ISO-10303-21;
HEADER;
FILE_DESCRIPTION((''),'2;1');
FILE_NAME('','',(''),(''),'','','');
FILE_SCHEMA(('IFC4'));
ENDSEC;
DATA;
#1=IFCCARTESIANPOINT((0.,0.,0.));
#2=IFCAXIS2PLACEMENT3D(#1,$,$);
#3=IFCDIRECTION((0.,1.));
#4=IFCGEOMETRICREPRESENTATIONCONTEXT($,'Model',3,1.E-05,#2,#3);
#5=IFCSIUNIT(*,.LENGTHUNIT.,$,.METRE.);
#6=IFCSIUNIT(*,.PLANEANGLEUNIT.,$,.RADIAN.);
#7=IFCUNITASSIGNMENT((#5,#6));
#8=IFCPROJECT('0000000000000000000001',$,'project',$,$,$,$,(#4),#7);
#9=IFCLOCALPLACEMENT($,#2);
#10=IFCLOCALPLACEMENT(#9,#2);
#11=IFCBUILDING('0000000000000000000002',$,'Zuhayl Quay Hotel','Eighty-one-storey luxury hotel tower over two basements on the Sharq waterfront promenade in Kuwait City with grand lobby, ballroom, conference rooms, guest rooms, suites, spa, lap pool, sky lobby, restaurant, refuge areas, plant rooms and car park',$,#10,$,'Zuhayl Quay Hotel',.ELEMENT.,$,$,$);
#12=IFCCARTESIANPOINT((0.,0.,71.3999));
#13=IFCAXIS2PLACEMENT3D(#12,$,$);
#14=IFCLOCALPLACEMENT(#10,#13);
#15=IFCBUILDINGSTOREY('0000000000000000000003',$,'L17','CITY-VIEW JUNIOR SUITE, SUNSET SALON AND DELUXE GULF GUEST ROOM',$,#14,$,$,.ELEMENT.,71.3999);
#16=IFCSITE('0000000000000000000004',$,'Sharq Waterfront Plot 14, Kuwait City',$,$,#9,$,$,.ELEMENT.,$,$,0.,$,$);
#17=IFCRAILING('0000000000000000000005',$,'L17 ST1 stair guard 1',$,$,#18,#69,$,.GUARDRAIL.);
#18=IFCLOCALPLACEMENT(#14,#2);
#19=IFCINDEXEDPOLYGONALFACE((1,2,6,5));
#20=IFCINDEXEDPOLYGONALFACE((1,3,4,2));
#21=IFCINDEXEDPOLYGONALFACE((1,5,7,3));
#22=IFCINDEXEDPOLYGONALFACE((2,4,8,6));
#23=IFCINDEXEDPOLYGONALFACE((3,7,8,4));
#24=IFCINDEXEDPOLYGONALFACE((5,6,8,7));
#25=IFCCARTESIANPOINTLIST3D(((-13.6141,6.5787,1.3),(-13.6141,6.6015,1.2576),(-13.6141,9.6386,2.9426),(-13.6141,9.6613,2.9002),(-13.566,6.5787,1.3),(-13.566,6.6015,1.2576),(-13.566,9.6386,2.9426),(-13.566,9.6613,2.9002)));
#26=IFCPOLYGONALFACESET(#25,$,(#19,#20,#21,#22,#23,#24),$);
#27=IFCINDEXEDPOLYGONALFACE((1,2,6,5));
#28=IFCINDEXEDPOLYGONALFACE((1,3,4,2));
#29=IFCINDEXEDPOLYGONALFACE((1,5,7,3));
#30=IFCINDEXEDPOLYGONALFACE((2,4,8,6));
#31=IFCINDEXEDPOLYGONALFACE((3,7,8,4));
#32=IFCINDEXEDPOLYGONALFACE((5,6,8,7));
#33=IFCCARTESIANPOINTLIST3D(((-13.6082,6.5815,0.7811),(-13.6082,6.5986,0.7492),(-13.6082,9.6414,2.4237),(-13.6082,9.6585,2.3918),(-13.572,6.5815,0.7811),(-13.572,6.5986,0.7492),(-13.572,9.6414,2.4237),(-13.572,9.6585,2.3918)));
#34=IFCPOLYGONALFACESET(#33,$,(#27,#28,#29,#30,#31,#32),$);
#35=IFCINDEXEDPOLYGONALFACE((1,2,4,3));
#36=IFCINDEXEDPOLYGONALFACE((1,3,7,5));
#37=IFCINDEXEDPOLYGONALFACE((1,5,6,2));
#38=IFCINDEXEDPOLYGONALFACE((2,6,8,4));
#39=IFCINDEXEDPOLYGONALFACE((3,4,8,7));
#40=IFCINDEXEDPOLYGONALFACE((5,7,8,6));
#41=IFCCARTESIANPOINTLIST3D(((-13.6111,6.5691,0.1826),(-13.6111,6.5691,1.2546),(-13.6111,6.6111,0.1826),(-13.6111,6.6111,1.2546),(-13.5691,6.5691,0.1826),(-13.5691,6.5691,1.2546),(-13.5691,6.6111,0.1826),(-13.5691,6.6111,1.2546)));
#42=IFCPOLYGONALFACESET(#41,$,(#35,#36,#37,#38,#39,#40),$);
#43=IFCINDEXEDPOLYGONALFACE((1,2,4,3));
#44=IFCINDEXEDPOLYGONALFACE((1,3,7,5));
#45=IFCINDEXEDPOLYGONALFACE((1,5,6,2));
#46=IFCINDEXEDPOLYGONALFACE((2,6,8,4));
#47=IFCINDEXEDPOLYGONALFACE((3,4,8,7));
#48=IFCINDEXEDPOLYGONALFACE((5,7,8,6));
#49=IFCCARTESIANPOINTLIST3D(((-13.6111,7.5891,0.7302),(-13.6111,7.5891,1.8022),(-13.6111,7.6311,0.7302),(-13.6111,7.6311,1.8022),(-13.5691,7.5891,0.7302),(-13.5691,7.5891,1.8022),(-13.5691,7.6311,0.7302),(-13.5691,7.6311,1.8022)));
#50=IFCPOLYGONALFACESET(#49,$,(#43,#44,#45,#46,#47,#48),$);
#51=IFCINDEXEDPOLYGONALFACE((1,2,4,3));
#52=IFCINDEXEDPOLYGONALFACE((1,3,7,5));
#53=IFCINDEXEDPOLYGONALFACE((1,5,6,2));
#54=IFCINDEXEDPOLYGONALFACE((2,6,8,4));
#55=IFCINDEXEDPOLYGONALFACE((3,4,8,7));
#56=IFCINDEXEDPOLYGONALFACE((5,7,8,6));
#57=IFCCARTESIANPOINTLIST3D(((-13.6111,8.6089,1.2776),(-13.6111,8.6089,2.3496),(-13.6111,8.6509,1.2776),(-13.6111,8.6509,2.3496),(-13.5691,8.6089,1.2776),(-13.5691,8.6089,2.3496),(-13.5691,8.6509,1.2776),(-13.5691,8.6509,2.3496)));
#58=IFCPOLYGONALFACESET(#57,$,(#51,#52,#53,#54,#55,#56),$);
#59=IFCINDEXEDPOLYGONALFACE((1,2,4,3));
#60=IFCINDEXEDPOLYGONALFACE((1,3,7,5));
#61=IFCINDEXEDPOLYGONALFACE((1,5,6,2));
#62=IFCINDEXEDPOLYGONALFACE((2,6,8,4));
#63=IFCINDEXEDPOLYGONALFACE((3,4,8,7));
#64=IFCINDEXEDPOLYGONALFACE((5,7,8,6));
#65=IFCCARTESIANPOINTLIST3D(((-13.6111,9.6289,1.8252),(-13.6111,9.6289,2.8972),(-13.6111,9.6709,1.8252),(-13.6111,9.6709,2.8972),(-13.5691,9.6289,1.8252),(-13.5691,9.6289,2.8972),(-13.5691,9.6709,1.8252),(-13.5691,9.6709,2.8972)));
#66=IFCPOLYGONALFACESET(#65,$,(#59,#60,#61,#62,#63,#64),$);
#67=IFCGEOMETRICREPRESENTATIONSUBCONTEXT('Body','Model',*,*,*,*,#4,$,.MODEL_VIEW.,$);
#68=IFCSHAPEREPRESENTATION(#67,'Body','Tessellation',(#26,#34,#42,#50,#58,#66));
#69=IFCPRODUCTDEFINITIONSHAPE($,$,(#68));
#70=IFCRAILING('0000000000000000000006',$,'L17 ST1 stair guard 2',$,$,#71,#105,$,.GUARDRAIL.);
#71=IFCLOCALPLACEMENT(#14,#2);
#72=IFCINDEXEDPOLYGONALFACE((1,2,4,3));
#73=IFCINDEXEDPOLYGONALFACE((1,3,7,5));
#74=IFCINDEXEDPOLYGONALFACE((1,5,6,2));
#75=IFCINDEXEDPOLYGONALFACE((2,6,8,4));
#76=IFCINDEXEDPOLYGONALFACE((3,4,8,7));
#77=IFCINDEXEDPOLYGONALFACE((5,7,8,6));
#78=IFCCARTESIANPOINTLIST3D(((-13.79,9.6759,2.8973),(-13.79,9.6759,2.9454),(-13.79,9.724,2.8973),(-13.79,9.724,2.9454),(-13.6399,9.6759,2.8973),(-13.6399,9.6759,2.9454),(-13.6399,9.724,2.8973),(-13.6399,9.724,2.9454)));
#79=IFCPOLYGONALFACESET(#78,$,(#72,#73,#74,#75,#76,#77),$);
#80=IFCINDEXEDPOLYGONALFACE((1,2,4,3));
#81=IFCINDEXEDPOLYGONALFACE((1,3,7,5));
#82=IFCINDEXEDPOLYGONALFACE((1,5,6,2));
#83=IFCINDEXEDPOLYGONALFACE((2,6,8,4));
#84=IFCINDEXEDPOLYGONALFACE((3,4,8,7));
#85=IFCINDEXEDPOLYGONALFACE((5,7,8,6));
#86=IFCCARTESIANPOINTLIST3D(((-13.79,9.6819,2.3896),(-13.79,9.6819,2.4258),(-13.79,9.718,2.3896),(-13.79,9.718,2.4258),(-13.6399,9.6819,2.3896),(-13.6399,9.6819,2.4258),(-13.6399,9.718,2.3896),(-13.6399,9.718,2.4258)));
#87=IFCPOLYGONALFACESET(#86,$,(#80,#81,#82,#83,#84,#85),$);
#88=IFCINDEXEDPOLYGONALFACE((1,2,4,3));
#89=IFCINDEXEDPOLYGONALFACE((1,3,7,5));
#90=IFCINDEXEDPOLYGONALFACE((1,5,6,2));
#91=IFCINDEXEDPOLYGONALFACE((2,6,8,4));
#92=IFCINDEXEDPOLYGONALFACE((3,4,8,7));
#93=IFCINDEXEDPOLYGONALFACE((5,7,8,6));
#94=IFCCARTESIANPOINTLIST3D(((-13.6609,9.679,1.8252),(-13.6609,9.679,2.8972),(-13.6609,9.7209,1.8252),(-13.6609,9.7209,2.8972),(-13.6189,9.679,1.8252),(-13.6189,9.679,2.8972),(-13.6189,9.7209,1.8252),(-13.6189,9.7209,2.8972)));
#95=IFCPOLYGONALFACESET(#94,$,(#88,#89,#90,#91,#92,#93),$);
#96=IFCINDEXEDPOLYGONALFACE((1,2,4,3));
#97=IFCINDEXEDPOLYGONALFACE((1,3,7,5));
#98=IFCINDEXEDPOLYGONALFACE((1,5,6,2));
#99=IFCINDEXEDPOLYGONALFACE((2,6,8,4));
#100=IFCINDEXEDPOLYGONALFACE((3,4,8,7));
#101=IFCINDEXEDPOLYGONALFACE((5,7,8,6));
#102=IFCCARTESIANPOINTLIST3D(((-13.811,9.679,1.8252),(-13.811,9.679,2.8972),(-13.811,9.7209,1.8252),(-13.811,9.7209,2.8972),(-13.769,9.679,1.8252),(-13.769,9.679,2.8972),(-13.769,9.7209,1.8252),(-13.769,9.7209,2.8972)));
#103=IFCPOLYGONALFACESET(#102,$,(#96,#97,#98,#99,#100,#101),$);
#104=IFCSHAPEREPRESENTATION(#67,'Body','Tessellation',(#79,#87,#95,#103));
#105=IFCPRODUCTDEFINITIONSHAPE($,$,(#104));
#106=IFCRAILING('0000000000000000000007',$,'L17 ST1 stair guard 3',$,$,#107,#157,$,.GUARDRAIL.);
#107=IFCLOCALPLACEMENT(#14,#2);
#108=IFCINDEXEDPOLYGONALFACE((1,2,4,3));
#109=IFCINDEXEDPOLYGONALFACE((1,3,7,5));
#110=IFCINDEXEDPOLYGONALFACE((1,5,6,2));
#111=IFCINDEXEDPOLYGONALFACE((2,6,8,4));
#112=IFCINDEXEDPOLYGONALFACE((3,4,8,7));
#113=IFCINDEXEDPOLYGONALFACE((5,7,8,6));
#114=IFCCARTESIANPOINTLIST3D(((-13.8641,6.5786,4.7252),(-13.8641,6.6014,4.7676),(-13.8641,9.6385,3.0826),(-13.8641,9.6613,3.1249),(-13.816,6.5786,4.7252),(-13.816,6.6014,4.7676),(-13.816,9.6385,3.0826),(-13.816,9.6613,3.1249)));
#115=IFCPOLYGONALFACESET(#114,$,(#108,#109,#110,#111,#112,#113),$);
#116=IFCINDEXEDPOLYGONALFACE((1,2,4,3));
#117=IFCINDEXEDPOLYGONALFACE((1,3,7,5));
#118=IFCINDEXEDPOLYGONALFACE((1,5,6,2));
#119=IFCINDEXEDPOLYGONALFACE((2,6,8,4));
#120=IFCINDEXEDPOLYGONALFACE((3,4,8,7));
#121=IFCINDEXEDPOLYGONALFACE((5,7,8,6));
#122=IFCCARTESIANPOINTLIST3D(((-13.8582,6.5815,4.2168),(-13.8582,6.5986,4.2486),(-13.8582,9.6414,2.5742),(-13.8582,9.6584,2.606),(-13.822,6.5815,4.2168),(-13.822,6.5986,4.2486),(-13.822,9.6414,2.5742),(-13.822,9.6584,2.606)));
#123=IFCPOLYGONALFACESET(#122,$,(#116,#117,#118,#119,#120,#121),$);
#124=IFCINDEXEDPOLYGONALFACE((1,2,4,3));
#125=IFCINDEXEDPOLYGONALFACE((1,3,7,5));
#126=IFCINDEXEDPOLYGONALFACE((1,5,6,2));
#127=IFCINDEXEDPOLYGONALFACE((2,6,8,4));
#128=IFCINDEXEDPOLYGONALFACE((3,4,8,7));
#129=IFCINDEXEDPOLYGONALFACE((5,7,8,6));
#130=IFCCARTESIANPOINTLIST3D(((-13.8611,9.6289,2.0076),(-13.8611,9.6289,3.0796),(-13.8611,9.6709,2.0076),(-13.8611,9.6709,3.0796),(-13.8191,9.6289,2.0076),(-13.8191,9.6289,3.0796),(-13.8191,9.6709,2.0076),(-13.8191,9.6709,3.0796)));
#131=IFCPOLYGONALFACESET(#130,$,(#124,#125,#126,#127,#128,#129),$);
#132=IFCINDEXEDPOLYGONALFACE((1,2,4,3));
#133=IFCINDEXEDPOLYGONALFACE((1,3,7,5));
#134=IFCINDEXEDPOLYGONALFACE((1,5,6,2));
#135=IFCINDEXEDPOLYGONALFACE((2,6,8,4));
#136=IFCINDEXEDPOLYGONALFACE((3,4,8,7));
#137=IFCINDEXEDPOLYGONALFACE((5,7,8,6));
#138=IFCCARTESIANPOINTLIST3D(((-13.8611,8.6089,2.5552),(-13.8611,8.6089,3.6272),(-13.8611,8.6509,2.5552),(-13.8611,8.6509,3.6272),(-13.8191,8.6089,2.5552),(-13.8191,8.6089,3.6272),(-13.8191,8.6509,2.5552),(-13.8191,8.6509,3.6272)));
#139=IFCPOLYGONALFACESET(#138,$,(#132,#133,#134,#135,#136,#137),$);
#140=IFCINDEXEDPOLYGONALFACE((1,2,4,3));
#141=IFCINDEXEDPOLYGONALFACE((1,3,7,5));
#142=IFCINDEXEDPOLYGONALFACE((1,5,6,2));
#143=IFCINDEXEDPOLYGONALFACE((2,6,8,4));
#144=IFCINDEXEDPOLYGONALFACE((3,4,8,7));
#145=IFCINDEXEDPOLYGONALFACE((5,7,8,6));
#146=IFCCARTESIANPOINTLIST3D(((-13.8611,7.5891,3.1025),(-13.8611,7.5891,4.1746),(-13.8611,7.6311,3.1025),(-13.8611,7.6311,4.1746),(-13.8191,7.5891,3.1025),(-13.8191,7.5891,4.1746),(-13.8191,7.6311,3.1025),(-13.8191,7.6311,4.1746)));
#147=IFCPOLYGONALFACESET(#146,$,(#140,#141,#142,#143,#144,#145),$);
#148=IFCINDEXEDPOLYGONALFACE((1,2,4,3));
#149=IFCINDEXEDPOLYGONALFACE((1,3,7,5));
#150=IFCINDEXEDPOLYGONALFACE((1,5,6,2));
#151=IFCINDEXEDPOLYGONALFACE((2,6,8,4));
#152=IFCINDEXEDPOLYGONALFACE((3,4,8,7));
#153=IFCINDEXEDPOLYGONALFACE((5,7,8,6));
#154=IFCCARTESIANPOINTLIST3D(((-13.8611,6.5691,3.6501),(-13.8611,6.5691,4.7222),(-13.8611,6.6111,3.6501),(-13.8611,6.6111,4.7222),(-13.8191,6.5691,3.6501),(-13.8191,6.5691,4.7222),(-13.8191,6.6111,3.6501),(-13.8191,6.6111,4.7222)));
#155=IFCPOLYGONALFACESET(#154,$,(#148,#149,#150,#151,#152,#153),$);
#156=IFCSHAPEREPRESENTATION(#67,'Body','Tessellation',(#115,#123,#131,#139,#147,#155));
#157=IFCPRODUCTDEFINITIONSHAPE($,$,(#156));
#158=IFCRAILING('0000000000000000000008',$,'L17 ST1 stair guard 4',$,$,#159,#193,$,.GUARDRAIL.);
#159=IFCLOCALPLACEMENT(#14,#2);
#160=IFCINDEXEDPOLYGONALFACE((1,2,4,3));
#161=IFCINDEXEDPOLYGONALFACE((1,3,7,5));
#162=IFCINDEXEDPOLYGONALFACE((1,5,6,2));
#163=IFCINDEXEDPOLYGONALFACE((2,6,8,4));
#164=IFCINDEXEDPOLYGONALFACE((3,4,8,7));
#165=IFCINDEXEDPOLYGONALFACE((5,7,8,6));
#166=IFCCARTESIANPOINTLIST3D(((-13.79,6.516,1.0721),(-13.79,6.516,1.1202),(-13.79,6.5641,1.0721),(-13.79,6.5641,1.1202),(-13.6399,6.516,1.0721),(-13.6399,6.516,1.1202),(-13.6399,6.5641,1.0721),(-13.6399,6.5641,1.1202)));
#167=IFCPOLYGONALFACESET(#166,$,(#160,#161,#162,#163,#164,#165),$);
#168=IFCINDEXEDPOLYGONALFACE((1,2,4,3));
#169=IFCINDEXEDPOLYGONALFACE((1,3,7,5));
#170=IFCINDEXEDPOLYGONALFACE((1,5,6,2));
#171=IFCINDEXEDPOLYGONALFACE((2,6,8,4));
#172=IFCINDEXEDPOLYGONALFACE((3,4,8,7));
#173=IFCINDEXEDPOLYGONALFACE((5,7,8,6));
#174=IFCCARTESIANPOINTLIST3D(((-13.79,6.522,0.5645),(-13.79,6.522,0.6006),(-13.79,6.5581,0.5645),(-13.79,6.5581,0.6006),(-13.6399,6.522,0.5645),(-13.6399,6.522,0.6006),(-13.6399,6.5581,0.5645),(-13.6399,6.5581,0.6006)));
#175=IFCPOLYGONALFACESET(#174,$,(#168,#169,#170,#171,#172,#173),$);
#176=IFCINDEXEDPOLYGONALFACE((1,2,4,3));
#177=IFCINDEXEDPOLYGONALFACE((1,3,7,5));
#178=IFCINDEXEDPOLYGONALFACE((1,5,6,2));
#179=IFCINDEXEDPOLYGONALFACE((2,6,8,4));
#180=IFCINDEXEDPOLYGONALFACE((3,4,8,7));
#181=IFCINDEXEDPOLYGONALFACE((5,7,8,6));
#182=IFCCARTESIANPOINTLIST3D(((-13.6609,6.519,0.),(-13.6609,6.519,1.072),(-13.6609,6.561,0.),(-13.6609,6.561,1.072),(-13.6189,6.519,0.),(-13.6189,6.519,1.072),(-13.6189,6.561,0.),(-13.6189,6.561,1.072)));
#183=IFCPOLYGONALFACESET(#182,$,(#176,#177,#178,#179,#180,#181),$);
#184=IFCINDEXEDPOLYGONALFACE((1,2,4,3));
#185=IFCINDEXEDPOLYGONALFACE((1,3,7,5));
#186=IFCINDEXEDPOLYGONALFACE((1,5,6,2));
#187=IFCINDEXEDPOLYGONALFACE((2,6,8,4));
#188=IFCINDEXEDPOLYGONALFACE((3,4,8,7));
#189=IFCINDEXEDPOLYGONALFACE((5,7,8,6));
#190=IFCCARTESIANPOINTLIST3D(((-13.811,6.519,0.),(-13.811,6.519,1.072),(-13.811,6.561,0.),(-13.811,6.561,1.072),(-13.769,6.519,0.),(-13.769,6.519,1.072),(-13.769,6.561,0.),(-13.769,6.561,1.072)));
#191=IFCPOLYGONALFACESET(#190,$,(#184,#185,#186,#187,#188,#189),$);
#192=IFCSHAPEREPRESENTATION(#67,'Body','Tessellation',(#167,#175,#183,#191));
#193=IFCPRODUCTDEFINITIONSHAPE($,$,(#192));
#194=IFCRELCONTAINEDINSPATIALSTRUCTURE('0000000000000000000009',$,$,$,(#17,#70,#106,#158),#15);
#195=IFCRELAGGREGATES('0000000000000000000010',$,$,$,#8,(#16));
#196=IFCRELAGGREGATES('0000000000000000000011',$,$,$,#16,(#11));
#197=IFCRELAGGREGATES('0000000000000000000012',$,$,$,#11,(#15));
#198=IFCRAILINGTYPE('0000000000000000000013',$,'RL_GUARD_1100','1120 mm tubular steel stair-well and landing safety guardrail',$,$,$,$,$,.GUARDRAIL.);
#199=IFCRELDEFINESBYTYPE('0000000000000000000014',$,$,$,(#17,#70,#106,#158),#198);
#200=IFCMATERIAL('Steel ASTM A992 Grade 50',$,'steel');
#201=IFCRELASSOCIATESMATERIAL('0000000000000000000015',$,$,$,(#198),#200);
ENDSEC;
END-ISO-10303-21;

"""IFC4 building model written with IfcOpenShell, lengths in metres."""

from ifc_helpers import new_model, si_unit, direction, frame, origin, origin_2d, place, context, subcontext, project, spatial, rectangle, extrude, material, type_object, element, save


model = new_model("IFC4")

# Units and contexts
model_context = context("Model", 3, precision=1e-05, world=origin(), true_north=direction((0.0, 1.0)))
body_context = subcontext(model_context, "Body", "Model", "MODEL_VIEW")
ifc_project = project(units=[si_unit("LENGTHUNIT", "METRE"), si_unit("PLANEANGLEUNIT", "RADIAN")], contexts=[model_context])

# Site, building, storey
site_placement = place(None, origin())
site = spatial("IfcSite", under=ifc_project, at=site_placement, Name="Sharq Waterfront Plot 14, Kuwait City", CompositionType="ELEMENT", RefElevation=0.0)
building_placement = place(site_placement, origin())
building = spatial("IfcBuilding", under=site, at=building_placement, Name="Zuhayl Quay Hotel", Description="Eighty-one-storey luxury hotel tower over two basements on the Sharq waterfront promenade in Kuwait City with grand lobby, ballroom, conference rooms, guest rooms, suites, spa, lap pool, sky lobby, restaurant, refuge areas, plant rooms and car park", LongName="Zuhayl Quay Hotel", CompositionType="ELEMENT")
storey_placement = place(building_placement, frame((0.0, 0.0, 71.3999)))
storey = spatial("IfcBuildingStorey", under=building, at=storey_placement, Name="L17", Description="CITY-VIEW JUNIOR SUITE, SUNSET SALON AND DELUXE GULF GUEST ROOM", CompositionType="ELEMENT", Elevation=71.3999)

# Shared definitions
ifc_material_1 = material(Name="Steel ASTM A992 Grade 50", Category="steel")

# Railings
railing_type_1 = type_object("IfcRailingType", Name="RL_GUARD_1100", Description="1120 mm tubular steel stair-well and landing safety guardrail", PredefinedType="GUARDRAIL", material=ifc_material_1)
railing_1_placement = place(storey_placement, frame((-13.5901, 6.5901, 0.1826)))
element("IfcRailing", 1, at=railing_1_placement, inside=storey, type_object=railing_type_1, Name="L17 ST1 stair guard 1", PredefinedType="GUARDRAIL", context=body_context, shape_type="SweptSolid", body=[
    extrude(rectangle(XDim=0.0481, YDim=0.0481, at=origin_2d()), frame((0.0, 0.0, 1.0962), z_axis=(0.0, 0.881073, 0.47298), x_axis=(-1.0, 0.0, 0.0)), (0.0, 0.0, 1.0), 3.4729),
    extrude(rectangle(XDim=0.0361, YDim=0.0361, at=origin_2d()), frame((0.0, 0.0, 0.5825), z_axis=(0.0, 0.881073, 0.47298), x_axis=(-1.0, 0.0, 0.0)), (0.0, 0.0, 1.0), 3.4729),
    extrude(rectangle(XDim=0.042, YDim=0.042, at=origin_2d()), origin(), (0.0, 0.0, 1.0), 1.072),
    extrude(rectangle(XDim=0.042, YDim=0.042, at=origin_2d()), frame((0.0, 1.02, 0.5476)), (0.0, 0.0, 1.0), 1.072),
    extrude(rectangle(XDim=0.042, YDim=0.042, at=origin_2d()), frame((0.0, 2.0398, 1.095)), (0.0, 0.0, 1.0), 1.072),
    extrude(rectangle(XDim=0.042, YDim=0.042, at=origin_2d()), frame((0.0, 3.0598, 1.6426)), (0.0, 0.0, 1.0), 1.072),
])
railing_2_placement = place(storey_placement, frame((-13.6399, 9.7, 1.8252)))
element("IfcRailing", 2, at=railing_2_placement, inside=storey, type_object=railing_type_1, Name="L17 ST1 stair guard 2", PredefinedType="GUARDRAIL", context=body_context, shape_type="SweptSolid", body=[
    extrude(rectangle(XDim=0.0481, YDim=0.0481, at=origin_2d()), frame((0.0, 0.0, 1.0962), z_axis=(-1.0, 0.0, 0.0), x_axis=(0.0, -1.0, 0.0)), (0.0, 0.0, 1.0), 0.1501),
    extrude(rectangle(XDim=0.0361, YDim=0.0361, at=origin_2d()), frame((0.0, 0.0, 0.5825), z_axis=(-1.0, 0.0, 0.0), x_axis=(0.0, -1.0, 0.0)), (0.0, 0.0, 1.0), 0.1501),
    extrude(rectangle(XDim=0.042, YDim=0.042, at=origin_2d()), origin(), (0.0, 0.0, 1.0), 1.072),
    extrude(rectangle(XDim=0.042, YDim=0.042, at=origin_2d()), frame((-0.1501, 0.0, 0.0)), (0.0, 0.0, 1.0), 1.072),
])
railing_3_placement = place(storey_placement, frame((-13.8401, 9.6499, 2.0076)))
element("IfcRailing", 3, at=railing_3_placement, inside=storey, type_object=railing_type_1, Name="L17 ST1 stair guard 3", PredefinedType="GUARDRAIL", context=body_context, shape_type="SweptSolid", body=[
    extrude(rectangle(XDim=0.0481, YDim=0.0481, at=origin_2d()), frame((0.0, 0.0, 1.0962), z_axis=(0.0, -0.881073, 0.47298), x_axis=(1.0, 0.0, 0.0)), (0.0, 0.0, 1.0), 3.4729),
    extrude(rectangle(XDim=0.0361, YDim=0.0361, at=origin_2d()), frame((0.0, 0.0, 0.5825), z_axis=(0.0, -0.881073, 0.47298), x_axis=(1.0, 0.0, 0.0)), (0.0, 0.0, 1.0), 3.4729),
    extrude(rectangle(XDim=0.042, YDim=0.042, at=origin_2d()), origin(), (0.0, 0.0, 1.0), 1.072),
    extrude(rectangle(XDim=0.042, YDim=0.042, at=origin_2d()), frame((0.0, -1.02, 0.5476)), (0.0, 0.0, 1.0), 1.072),
    extrude(rectangle(XDim=0.042, YDim=0.042, at=origin_2d()), frame((0.0, -2.0398, 1.095)), (0.0, 0.0, 1.0), 1.072),
    extrude(rectangle(XDim=0.042, YDim=0.042, at=origin_2d()), frame((0.0, -3.0598, 1.6426)), (0.0, 0.0, 1.0), 1.072),
])
railing_4_placement = place(storey_placement, frame((-13.6399, 6.54, 0.0)))
element("IfcRailing", 4, at=railing_4_placement, inside=storey, type_object=railing_type_1, Name="L17 ST1 stair guard 4", PredefinedType="GUARDRAIL", context=body_context, shape_type="SweptSolid", body=[
    extrude(rectangle(XDim=0.0481, YDim=0.0481, at=origin_2d()), frame((0.0, 0.0, 1.0962), z_axis=(-1.0, 0.0, 0.0), x_axis=(0.0, -1.0, 0.0)), (0.0, 0.0, 1.0), 0.1501),
    extrude(rectangle(XDim=0.0361, YDim=0.0361, at=origin_2d()), frame((0.0, 0.0, 0.5825), z_axis=(-1.0, 0.0, 0.0), x_axis=(0.0, -1.0, 0.0)), (0.0, 0.0, 1.0), 0.1501),
    extrude(rectangle(XDim=0.042, YDim=0.042, at=origin_2d()), origin(), (0.0, 0.0, 1.0), 1.072),
    extrude(rectangle(XDim=0.042, YDim=0.042, at=origin_2d()), frame((-0.1501, 0.0, 0.0)), (0.0, 0.0, 1.0), 1.072),
])

save(model, "model.ifc")
